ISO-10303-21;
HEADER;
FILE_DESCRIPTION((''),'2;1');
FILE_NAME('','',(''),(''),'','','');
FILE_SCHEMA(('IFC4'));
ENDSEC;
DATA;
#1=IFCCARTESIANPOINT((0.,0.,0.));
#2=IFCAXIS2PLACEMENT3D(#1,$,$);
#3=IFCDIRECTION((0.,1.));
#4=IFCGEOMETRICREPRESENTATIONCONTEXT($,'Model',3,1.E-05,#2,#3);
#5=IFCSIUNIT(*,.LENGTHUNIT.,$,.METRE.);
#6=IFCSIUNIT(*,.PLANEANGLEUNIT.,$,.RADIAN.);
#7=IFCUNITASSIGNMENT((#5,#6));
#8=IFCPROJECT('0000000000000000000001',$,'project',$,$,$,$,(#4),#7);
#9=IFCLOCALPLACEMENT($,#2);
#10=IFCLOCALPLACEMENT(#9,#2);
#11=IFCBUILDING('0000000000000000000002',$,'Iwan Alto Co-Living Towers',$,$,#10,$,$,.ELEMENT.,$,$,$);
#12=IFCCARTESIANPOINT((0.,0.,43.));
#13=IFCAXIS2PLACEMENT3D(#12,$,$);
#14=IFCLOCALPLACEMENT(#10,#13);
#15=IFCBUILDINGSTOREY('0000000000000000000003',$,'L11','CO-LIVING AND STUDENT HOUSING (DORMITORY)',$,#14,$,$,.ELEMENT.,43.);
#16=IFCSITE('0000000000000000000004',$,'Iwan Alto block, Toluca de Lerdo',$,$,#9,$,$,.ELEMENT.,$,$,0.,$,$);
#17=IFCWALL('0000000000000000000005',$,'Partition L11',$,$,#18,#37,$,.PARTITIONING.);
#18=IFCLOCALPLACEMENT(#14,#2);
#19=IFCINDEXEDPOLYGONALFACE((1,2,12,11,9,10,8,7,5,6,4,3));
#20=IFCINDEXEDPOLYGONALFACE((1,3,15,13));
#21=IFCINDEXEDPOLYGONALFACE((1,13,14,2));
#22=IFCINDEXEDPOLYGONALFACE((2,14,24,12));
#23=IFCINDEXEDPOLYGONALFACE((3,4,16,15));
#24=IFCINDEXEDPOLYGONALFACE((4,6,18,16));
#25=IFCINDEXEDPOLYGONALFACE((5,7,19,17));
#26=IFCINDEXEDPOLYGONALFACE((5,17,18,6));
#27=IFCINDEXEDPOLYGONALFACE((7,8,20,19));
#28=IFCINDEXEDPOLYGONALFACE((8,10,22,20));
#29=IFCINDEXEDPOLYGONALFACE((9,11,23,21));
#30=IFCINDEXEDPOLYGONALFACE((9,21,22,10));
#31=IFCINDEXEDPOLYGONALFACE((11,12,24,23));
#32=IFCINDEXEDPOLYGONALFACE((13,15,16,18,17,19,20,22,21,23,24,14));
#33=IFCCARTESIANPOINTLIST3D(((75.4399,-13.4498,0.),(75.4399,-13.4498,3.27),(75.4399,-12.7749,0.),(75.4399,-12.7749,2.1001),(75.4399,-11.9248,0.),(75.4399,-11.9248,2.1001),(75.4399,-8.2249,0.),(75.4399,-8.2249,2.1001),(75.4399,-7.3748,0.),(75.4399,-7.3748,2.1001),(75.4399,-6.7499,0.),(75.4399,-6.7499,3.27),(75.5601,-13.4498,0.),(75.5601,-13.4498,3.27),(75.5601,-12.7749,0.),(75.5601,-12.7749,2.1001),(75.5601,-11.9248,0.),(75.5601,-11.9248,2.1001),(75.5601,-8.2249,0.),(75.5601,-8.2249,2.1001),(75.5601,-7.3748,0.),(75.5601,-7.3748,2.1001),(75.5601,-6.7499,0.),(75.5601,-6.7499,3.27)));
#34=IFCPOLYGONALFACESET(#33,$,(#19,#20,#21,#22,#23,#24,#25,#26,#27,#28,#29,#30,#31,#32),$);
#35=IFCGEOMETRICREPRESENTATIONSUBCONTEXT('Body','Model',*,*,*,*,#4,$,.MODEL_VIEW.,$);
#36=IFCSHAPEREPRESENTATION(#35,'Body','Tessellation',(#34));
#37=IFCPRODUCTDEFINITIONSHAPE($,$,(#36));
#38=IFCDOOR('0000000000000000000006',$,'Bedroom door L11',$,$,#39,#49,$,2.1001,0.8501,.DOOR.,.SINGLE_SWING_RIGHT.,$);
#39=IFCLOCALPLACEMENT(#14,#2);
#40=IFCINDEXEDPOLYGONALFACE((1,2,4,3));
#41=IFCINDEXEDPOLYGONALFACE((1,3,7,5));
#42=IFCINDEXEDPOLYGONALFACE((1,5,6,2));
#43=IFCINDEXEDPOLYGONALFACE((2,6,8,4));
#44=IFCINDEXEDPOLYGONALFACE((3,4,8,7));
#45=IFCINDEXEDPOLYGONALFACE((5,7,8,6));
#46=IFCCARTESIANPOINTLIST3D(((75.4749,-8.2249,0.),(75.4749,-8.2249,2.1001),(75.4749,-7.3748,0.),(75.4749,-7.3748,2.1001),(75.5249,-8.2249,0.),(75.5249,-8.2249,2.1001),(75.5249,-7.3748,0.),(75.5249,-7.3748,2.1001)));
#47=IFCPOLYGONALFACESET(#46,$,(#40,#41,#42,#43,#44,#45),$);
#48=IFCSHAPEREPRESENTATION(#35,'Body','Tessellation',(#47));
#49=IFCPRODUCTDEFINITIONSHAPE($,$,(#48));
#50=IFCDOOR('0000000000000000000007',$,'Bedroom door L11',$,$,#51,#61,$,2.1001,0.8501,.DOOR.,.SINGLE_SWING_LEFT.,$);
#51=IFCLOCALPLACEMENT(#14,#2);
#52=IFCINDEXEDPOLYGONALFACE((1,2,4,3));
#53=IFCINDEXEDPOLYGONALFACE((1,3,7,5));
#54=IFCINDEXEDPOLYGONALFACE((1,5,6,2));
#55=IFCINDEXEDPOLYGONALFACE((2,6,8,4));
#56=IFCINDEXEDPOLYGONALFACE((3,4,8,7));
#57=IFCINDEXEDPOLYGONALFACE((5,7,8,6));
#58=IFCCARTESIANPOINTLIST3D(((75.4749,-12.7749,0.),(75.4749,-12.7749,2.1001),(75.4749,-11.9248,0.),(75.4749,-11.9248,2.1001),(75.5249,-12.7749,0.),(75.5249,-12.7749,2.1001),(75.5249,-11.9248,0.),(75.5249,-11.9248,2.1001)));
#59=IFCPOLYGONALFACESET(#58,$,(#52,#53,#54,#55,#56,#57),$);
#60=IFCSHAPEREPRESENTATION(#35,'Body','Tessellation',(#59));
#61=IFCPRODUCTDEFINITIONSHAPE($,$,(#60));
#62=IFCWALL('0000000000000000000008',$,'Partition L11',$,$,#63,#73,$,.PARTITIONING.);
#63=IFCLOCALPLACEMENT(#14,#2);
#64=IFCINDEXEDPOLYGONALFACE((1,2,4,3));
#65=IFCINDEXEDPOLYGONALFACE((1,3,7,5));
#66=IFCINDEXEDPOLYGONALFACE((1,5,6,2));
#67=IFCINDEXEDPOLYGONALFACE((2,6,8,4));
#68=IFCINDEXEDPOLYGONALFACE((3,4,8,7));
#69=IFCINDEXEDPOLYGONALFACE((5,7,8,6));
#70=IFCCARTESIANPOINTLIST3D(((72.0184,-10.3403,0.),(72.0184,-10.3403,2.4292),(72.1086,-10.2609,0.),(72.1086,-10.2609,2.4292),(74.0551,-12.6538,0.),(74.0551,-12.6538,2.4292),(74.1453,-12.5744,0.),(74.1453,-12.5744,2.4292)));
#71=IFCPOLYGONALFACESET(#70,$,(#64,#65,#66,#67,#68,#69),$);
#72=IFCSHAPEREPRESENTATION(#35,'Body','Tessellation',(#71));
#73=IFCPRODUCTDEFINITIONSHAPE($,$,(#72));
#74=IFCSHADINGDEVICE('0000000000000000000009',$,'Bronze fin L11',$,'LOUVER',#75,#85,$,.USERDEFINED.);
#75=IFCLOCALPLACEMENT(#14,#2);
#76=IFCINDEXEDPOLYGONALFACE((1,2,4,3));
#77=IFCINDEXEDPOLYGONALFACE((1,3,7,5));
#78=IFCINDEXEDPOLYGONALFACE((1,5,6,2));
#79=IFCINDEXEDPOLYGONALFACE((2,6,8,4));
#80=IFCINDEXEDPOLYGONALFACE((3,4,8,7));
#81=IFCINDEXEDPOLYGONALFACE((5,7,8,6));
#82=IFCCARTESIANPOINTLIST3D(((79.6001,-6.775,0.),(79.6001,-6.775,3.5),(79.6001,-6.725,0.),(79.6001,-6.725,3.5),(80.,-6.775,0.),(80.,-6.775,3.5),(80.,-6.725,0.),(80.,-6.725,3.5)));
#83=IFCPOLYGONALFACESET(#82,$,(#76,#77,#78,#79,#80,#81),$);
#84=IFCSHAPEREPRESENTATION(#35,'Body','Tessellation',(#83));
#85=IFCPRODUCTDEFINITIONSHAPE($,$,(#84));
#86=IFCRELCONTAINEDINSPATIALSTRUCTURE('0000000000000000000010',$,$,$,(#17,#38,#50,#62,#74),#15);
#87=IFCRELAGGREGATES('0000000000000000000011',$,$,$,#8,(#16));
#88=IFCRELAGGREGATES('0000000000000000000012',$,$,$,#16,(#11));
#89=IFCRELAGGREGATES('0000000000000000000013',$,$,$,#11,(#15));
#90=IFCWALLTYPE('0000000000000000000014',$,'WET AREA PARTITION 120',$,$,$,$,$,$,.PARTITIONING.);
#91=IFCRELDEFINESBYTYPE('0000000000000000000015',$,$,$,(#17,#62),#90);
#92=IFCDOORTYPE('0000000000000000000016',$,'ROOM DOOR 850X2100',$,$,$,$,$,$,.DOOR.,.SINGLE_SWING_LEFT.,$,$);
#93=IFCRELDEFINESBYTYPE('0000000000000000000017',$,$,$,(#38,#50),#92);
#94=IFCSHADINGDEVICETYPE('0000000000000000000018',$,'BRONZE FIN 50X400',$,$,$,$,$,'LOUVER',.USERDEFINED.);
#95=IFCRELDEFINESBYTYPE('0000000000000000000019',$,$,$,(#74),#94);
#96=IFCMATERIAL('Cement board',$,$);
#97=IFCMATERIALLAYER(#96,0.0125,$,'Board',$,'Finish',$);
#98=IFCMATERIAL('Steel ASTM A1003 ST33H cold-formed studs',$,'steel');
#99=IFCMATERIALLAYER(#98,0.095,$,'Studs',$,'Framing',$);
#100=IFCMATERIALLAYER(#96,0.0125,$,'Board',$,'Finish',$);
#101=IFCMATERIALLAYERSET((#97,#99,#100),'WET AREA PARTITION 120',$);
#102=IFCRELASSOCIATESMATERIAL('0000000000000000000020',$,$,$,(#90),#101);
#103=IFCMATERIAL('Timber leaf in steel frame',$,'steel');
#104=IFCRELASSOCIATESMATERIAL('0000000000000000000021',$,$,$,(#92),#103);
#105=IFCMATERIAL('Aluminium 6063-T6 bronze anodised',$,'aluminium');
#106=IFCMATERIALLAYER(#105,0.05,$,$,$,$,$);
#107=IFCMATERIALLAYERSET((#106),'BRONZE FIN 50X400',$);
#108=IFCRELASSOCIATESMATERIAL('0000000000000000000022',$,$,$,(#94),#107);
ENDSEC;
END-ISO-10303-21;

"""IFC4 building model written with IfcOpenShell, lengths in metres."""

from ifc_helpers import new_model, si_unit, direction, frame, frame_2d, origin, origin_2d, place, context, subcontext, project, spatial, rectangle, extrude, material, layer, layer_set, type_object, element, fill, save


model = new_model("IFC4")

# Units and contexts
model_context = context("Model", 3, precision=1e-05, world=origin(), true_north=direction((0.0, 1.0)))
body_context = subcontext(model_context, "Body", "Model", "MODEL_VIEW")
ifc_project = project(units=[si_unit("LENGTHUNIT", "METRE"), si_unit("PLANEANGLEUNIT", "RADIAN")], contexts=[model_context])

# Site, building, storey
site_placement = place(None, origin())
site = spatial("IfcSite", under=ifc_project, at=site_placement, Name="Iwan Alto block, Toluca de Lerdo", CompositionType="ELEMENT", RefElevation=0.0)
building_placement = place(site_placement, origin())
building = spatial("IfcBuilding", under=site, at=building_placement, Name="Iwan Alto Co-Living Towers", CompositionType="ELEMENT")
storey_placement = place(building_placement, frame((0.0, 0.0, 43.0)))
storey = spatial("IfcBuildingStorey", under=building, at=storey_placement, Name="L11", Description="CO-LIVING AND STUDENT HOUSING (DORMITORY)", CompositionType="ELEMENT", Elevation=43.0)

# Shared definitions
ifc_material_1 = material(Name="Steel ASTM A1003 ST33H cold-formed studs", Category="steel")
ifc_material_2 = material(Name="Cement board")
ifc_layer_1 = layer(ifc_material_2, 0.0125, Name="Board", Category="Finish")
ifc_layer_2 = layer(ifc_material_1, 0.095, Name="Studs", Category="Framing")
ifc_layer_3 = layer(ifc_material_2, 0.0125, Name="Board", Category="Finish")
ifc_layer_set_1 = layer_set([ifc_layer_1, ifc_layer_2, ifc_layer_3], Name="WET AREA PARTITION 120")
wall_type_1 = type_object("IfcWallType", Name="WET AREA PARTITION 120", PredefinedType="PARTITIONING", material=ifc_layer_set_1)

# Shared definitions
ifc_material_3 = material(Name="Timber leaf in steel frame", Category="steel")
door_type = type_object("IfcDoorType", Name="ROOM DOOR 850X2100", OperationType="SINGLE_SWING_LEFT", PredefinedType="DOOR", material=ifc_material_3)

# Wall, openings, doors
wall_1_placement = place(storey_placement, frame((75.5, -13.45, 0.0), z_axis=(0.0, 0.0, 1.0), x_axis=(0.0, 1.0, 0.0)))
wall_1 = element("IfcWall", 1, at=wall_1_placement, inside=storey, type_object=wall_type_1, Name="Partition L11", PredefinedType="PARTITIONING", context=body_context, shape_type="SweptSolid", body=[
    extrude(rectangle(XDim=6.7, YDim=0.1201, at=frame_2d((3.3501, 0.0))), origin(), (0.0, 0.0, 1.0), 3.27),
])
opening_1_placement = place(wall_1_placement, frame((5.2251, 0.0, 0.0)))
opening_1 = element("IfcOpeningElement", 2, at=opening_1_placement, cuts=wall_1, PredefinedType="OPENING", context=body_context, shape_type="SweptSolid", body=[
    extrude(rectangle(XDim=0.8501, YDim=2.1001, at=frame_2d((0.425, 1.05))), frame((0.0, 0.0701, 0.0), z_axis=(0.0, -1.0, 0.0), x_axis=(1.0, 0.0, 0.0)), (0.0, 0.0, 1.0), 0.1401),
])
opening_2_placement = place(wall_1_placement, frame((0.675, 0.0, 0.0)))
opening_2 = element("IfcOpeningElement", 3, at=opening_2_placement, cuts=wall_1, PredefinedType="OPENING", context=body_context, shape_type="SweptSolid", body=[
    extrude(rectangle(XDim=0.8501, YDim=2.1001, at=frame_2d((0.425, 1.05))), frame((0.0, 0.0701, 0.0), z_axis=(0.0, -1.0, 0.0), x_axis=(1.0, 0.0, 0.0)), (0.0, 0.0, 1.0), 0.1401),
])
door_1_placement = place(opening_1_placement, frame((0.8501, 0.0, 0.0), z_axis=(0.0, 0.0, 1.0), x_axis=(-1.0, 0.0, 0.0)))
door_1 = element("IfcDoor", 4, at=door_1_placement, inside=storey, type_object=door_type, Name="Bedroom door L11", OperationType="SINGLE_SWING_RIGHT", OverallHeight=2.1001, OverallWidth=0.8501, PredefinedType="DOOR", context=body_context, shape_type="SweptSolid", body=[
    extrude(rectangle(XDim=0.8501, YDim=2.1001, at=frame_2d((0.425, 1.05))), frame((0.0, 0.0249, 0.0), z_axis=(0.0, -1.0, 0.0), x_axis=(1.0, 0.0, 0.0)), (0.0, 0.0, 1.0), 0.05),
])
fill(opening_1, door_1)
door_2_placement = place(opening_2_placement, frame((0.8501, 0.0, 0.0), z_axis=(0.0, 0.0, 1.0), x_axis=(-1.0, 0.0, 0.0)))
door_2 = element("IfcDoor", 5, at=door_2_placement, inside=storey, type_object=door_type, Name="Bedroom door L11", OperationType="SINGLE_SWING_LEFT", OverallHeight=2.1001, OverallWidth=0.8501, PredefinedType="DOOR", context=body_context, shape_type="SweptSolid", body=[
    extrude(rectangle(XDim=0.8501, YDim=2.1001, at=frame_2d((0.425, 1.05))), frame((0.0, 0.0249, 0.0), z_axis=(0.0, -1.0, 0.0), x_axis=(1.0, 0.0, 0.0)), (0.0, 0.0, 1.0), 0.05),
])
fill(opening_2, door_2)

# Wall
wall_2_placement = place(storey_placement, frame((74.1001, -12.614, 0.0), z_axis=(0.0, 0.0, 1.0), x_axis=(-0.660767, 0.750591, 0.0)))
element("IfcWall", 6, at=wall_2_placement, inside=storey, type_object=wall_type_1, Name="Partition L11", PredefinedType="PARTITIONING", context=body_context, shape_type="SweptSolid", body=[
    extrude(rectangle(XDim=3.0823, YDim=0.1201, at=frame_2d((1.541, 0.0))), origin(), (0.0, 0.0, 1.0), 2.4292),
])

# Shading device
ifc_material_4 = material(Name="Aluminium 6063-T6 bronze anodised", Category="aluminium")
ifc_layer_4 = layer(ifc_material_4, 0.05)
ifc_layer_set_2 = layer_set([ifc_layer_4], Name="BRONZE FIN 50X400")
shading_device_type = type_object("IfcShadingDeviceType", Name="BRONZE FIN 50X400", ElementType="LOUVER", PredefinedType="USERDEFINED", material=ifc_layer_set_2)
shading_device_placement = place(storey_placement, frame((79.8, -6.75, 0.0), z_axis=(0.0, 0.0, 1.0), x_axis=(0.0, 1.0, 0.0)))
element("IfcShadingDevice", 7, at=shading_device_placement, inside=storey, type_object=shading_device_type, Name="Bronze fin L11", ObjectType="LOUVER", PredefinedType="USERDEFINED", context=body_context, shape_type="SweptSolid", body=[
    extrude(rectangle(XDim=0.05, YDim=0.3999, at=origin_2d()), origin(), (0.0, 0.0, 1.0), 3.5),
])

save(model, "model.ifc")
